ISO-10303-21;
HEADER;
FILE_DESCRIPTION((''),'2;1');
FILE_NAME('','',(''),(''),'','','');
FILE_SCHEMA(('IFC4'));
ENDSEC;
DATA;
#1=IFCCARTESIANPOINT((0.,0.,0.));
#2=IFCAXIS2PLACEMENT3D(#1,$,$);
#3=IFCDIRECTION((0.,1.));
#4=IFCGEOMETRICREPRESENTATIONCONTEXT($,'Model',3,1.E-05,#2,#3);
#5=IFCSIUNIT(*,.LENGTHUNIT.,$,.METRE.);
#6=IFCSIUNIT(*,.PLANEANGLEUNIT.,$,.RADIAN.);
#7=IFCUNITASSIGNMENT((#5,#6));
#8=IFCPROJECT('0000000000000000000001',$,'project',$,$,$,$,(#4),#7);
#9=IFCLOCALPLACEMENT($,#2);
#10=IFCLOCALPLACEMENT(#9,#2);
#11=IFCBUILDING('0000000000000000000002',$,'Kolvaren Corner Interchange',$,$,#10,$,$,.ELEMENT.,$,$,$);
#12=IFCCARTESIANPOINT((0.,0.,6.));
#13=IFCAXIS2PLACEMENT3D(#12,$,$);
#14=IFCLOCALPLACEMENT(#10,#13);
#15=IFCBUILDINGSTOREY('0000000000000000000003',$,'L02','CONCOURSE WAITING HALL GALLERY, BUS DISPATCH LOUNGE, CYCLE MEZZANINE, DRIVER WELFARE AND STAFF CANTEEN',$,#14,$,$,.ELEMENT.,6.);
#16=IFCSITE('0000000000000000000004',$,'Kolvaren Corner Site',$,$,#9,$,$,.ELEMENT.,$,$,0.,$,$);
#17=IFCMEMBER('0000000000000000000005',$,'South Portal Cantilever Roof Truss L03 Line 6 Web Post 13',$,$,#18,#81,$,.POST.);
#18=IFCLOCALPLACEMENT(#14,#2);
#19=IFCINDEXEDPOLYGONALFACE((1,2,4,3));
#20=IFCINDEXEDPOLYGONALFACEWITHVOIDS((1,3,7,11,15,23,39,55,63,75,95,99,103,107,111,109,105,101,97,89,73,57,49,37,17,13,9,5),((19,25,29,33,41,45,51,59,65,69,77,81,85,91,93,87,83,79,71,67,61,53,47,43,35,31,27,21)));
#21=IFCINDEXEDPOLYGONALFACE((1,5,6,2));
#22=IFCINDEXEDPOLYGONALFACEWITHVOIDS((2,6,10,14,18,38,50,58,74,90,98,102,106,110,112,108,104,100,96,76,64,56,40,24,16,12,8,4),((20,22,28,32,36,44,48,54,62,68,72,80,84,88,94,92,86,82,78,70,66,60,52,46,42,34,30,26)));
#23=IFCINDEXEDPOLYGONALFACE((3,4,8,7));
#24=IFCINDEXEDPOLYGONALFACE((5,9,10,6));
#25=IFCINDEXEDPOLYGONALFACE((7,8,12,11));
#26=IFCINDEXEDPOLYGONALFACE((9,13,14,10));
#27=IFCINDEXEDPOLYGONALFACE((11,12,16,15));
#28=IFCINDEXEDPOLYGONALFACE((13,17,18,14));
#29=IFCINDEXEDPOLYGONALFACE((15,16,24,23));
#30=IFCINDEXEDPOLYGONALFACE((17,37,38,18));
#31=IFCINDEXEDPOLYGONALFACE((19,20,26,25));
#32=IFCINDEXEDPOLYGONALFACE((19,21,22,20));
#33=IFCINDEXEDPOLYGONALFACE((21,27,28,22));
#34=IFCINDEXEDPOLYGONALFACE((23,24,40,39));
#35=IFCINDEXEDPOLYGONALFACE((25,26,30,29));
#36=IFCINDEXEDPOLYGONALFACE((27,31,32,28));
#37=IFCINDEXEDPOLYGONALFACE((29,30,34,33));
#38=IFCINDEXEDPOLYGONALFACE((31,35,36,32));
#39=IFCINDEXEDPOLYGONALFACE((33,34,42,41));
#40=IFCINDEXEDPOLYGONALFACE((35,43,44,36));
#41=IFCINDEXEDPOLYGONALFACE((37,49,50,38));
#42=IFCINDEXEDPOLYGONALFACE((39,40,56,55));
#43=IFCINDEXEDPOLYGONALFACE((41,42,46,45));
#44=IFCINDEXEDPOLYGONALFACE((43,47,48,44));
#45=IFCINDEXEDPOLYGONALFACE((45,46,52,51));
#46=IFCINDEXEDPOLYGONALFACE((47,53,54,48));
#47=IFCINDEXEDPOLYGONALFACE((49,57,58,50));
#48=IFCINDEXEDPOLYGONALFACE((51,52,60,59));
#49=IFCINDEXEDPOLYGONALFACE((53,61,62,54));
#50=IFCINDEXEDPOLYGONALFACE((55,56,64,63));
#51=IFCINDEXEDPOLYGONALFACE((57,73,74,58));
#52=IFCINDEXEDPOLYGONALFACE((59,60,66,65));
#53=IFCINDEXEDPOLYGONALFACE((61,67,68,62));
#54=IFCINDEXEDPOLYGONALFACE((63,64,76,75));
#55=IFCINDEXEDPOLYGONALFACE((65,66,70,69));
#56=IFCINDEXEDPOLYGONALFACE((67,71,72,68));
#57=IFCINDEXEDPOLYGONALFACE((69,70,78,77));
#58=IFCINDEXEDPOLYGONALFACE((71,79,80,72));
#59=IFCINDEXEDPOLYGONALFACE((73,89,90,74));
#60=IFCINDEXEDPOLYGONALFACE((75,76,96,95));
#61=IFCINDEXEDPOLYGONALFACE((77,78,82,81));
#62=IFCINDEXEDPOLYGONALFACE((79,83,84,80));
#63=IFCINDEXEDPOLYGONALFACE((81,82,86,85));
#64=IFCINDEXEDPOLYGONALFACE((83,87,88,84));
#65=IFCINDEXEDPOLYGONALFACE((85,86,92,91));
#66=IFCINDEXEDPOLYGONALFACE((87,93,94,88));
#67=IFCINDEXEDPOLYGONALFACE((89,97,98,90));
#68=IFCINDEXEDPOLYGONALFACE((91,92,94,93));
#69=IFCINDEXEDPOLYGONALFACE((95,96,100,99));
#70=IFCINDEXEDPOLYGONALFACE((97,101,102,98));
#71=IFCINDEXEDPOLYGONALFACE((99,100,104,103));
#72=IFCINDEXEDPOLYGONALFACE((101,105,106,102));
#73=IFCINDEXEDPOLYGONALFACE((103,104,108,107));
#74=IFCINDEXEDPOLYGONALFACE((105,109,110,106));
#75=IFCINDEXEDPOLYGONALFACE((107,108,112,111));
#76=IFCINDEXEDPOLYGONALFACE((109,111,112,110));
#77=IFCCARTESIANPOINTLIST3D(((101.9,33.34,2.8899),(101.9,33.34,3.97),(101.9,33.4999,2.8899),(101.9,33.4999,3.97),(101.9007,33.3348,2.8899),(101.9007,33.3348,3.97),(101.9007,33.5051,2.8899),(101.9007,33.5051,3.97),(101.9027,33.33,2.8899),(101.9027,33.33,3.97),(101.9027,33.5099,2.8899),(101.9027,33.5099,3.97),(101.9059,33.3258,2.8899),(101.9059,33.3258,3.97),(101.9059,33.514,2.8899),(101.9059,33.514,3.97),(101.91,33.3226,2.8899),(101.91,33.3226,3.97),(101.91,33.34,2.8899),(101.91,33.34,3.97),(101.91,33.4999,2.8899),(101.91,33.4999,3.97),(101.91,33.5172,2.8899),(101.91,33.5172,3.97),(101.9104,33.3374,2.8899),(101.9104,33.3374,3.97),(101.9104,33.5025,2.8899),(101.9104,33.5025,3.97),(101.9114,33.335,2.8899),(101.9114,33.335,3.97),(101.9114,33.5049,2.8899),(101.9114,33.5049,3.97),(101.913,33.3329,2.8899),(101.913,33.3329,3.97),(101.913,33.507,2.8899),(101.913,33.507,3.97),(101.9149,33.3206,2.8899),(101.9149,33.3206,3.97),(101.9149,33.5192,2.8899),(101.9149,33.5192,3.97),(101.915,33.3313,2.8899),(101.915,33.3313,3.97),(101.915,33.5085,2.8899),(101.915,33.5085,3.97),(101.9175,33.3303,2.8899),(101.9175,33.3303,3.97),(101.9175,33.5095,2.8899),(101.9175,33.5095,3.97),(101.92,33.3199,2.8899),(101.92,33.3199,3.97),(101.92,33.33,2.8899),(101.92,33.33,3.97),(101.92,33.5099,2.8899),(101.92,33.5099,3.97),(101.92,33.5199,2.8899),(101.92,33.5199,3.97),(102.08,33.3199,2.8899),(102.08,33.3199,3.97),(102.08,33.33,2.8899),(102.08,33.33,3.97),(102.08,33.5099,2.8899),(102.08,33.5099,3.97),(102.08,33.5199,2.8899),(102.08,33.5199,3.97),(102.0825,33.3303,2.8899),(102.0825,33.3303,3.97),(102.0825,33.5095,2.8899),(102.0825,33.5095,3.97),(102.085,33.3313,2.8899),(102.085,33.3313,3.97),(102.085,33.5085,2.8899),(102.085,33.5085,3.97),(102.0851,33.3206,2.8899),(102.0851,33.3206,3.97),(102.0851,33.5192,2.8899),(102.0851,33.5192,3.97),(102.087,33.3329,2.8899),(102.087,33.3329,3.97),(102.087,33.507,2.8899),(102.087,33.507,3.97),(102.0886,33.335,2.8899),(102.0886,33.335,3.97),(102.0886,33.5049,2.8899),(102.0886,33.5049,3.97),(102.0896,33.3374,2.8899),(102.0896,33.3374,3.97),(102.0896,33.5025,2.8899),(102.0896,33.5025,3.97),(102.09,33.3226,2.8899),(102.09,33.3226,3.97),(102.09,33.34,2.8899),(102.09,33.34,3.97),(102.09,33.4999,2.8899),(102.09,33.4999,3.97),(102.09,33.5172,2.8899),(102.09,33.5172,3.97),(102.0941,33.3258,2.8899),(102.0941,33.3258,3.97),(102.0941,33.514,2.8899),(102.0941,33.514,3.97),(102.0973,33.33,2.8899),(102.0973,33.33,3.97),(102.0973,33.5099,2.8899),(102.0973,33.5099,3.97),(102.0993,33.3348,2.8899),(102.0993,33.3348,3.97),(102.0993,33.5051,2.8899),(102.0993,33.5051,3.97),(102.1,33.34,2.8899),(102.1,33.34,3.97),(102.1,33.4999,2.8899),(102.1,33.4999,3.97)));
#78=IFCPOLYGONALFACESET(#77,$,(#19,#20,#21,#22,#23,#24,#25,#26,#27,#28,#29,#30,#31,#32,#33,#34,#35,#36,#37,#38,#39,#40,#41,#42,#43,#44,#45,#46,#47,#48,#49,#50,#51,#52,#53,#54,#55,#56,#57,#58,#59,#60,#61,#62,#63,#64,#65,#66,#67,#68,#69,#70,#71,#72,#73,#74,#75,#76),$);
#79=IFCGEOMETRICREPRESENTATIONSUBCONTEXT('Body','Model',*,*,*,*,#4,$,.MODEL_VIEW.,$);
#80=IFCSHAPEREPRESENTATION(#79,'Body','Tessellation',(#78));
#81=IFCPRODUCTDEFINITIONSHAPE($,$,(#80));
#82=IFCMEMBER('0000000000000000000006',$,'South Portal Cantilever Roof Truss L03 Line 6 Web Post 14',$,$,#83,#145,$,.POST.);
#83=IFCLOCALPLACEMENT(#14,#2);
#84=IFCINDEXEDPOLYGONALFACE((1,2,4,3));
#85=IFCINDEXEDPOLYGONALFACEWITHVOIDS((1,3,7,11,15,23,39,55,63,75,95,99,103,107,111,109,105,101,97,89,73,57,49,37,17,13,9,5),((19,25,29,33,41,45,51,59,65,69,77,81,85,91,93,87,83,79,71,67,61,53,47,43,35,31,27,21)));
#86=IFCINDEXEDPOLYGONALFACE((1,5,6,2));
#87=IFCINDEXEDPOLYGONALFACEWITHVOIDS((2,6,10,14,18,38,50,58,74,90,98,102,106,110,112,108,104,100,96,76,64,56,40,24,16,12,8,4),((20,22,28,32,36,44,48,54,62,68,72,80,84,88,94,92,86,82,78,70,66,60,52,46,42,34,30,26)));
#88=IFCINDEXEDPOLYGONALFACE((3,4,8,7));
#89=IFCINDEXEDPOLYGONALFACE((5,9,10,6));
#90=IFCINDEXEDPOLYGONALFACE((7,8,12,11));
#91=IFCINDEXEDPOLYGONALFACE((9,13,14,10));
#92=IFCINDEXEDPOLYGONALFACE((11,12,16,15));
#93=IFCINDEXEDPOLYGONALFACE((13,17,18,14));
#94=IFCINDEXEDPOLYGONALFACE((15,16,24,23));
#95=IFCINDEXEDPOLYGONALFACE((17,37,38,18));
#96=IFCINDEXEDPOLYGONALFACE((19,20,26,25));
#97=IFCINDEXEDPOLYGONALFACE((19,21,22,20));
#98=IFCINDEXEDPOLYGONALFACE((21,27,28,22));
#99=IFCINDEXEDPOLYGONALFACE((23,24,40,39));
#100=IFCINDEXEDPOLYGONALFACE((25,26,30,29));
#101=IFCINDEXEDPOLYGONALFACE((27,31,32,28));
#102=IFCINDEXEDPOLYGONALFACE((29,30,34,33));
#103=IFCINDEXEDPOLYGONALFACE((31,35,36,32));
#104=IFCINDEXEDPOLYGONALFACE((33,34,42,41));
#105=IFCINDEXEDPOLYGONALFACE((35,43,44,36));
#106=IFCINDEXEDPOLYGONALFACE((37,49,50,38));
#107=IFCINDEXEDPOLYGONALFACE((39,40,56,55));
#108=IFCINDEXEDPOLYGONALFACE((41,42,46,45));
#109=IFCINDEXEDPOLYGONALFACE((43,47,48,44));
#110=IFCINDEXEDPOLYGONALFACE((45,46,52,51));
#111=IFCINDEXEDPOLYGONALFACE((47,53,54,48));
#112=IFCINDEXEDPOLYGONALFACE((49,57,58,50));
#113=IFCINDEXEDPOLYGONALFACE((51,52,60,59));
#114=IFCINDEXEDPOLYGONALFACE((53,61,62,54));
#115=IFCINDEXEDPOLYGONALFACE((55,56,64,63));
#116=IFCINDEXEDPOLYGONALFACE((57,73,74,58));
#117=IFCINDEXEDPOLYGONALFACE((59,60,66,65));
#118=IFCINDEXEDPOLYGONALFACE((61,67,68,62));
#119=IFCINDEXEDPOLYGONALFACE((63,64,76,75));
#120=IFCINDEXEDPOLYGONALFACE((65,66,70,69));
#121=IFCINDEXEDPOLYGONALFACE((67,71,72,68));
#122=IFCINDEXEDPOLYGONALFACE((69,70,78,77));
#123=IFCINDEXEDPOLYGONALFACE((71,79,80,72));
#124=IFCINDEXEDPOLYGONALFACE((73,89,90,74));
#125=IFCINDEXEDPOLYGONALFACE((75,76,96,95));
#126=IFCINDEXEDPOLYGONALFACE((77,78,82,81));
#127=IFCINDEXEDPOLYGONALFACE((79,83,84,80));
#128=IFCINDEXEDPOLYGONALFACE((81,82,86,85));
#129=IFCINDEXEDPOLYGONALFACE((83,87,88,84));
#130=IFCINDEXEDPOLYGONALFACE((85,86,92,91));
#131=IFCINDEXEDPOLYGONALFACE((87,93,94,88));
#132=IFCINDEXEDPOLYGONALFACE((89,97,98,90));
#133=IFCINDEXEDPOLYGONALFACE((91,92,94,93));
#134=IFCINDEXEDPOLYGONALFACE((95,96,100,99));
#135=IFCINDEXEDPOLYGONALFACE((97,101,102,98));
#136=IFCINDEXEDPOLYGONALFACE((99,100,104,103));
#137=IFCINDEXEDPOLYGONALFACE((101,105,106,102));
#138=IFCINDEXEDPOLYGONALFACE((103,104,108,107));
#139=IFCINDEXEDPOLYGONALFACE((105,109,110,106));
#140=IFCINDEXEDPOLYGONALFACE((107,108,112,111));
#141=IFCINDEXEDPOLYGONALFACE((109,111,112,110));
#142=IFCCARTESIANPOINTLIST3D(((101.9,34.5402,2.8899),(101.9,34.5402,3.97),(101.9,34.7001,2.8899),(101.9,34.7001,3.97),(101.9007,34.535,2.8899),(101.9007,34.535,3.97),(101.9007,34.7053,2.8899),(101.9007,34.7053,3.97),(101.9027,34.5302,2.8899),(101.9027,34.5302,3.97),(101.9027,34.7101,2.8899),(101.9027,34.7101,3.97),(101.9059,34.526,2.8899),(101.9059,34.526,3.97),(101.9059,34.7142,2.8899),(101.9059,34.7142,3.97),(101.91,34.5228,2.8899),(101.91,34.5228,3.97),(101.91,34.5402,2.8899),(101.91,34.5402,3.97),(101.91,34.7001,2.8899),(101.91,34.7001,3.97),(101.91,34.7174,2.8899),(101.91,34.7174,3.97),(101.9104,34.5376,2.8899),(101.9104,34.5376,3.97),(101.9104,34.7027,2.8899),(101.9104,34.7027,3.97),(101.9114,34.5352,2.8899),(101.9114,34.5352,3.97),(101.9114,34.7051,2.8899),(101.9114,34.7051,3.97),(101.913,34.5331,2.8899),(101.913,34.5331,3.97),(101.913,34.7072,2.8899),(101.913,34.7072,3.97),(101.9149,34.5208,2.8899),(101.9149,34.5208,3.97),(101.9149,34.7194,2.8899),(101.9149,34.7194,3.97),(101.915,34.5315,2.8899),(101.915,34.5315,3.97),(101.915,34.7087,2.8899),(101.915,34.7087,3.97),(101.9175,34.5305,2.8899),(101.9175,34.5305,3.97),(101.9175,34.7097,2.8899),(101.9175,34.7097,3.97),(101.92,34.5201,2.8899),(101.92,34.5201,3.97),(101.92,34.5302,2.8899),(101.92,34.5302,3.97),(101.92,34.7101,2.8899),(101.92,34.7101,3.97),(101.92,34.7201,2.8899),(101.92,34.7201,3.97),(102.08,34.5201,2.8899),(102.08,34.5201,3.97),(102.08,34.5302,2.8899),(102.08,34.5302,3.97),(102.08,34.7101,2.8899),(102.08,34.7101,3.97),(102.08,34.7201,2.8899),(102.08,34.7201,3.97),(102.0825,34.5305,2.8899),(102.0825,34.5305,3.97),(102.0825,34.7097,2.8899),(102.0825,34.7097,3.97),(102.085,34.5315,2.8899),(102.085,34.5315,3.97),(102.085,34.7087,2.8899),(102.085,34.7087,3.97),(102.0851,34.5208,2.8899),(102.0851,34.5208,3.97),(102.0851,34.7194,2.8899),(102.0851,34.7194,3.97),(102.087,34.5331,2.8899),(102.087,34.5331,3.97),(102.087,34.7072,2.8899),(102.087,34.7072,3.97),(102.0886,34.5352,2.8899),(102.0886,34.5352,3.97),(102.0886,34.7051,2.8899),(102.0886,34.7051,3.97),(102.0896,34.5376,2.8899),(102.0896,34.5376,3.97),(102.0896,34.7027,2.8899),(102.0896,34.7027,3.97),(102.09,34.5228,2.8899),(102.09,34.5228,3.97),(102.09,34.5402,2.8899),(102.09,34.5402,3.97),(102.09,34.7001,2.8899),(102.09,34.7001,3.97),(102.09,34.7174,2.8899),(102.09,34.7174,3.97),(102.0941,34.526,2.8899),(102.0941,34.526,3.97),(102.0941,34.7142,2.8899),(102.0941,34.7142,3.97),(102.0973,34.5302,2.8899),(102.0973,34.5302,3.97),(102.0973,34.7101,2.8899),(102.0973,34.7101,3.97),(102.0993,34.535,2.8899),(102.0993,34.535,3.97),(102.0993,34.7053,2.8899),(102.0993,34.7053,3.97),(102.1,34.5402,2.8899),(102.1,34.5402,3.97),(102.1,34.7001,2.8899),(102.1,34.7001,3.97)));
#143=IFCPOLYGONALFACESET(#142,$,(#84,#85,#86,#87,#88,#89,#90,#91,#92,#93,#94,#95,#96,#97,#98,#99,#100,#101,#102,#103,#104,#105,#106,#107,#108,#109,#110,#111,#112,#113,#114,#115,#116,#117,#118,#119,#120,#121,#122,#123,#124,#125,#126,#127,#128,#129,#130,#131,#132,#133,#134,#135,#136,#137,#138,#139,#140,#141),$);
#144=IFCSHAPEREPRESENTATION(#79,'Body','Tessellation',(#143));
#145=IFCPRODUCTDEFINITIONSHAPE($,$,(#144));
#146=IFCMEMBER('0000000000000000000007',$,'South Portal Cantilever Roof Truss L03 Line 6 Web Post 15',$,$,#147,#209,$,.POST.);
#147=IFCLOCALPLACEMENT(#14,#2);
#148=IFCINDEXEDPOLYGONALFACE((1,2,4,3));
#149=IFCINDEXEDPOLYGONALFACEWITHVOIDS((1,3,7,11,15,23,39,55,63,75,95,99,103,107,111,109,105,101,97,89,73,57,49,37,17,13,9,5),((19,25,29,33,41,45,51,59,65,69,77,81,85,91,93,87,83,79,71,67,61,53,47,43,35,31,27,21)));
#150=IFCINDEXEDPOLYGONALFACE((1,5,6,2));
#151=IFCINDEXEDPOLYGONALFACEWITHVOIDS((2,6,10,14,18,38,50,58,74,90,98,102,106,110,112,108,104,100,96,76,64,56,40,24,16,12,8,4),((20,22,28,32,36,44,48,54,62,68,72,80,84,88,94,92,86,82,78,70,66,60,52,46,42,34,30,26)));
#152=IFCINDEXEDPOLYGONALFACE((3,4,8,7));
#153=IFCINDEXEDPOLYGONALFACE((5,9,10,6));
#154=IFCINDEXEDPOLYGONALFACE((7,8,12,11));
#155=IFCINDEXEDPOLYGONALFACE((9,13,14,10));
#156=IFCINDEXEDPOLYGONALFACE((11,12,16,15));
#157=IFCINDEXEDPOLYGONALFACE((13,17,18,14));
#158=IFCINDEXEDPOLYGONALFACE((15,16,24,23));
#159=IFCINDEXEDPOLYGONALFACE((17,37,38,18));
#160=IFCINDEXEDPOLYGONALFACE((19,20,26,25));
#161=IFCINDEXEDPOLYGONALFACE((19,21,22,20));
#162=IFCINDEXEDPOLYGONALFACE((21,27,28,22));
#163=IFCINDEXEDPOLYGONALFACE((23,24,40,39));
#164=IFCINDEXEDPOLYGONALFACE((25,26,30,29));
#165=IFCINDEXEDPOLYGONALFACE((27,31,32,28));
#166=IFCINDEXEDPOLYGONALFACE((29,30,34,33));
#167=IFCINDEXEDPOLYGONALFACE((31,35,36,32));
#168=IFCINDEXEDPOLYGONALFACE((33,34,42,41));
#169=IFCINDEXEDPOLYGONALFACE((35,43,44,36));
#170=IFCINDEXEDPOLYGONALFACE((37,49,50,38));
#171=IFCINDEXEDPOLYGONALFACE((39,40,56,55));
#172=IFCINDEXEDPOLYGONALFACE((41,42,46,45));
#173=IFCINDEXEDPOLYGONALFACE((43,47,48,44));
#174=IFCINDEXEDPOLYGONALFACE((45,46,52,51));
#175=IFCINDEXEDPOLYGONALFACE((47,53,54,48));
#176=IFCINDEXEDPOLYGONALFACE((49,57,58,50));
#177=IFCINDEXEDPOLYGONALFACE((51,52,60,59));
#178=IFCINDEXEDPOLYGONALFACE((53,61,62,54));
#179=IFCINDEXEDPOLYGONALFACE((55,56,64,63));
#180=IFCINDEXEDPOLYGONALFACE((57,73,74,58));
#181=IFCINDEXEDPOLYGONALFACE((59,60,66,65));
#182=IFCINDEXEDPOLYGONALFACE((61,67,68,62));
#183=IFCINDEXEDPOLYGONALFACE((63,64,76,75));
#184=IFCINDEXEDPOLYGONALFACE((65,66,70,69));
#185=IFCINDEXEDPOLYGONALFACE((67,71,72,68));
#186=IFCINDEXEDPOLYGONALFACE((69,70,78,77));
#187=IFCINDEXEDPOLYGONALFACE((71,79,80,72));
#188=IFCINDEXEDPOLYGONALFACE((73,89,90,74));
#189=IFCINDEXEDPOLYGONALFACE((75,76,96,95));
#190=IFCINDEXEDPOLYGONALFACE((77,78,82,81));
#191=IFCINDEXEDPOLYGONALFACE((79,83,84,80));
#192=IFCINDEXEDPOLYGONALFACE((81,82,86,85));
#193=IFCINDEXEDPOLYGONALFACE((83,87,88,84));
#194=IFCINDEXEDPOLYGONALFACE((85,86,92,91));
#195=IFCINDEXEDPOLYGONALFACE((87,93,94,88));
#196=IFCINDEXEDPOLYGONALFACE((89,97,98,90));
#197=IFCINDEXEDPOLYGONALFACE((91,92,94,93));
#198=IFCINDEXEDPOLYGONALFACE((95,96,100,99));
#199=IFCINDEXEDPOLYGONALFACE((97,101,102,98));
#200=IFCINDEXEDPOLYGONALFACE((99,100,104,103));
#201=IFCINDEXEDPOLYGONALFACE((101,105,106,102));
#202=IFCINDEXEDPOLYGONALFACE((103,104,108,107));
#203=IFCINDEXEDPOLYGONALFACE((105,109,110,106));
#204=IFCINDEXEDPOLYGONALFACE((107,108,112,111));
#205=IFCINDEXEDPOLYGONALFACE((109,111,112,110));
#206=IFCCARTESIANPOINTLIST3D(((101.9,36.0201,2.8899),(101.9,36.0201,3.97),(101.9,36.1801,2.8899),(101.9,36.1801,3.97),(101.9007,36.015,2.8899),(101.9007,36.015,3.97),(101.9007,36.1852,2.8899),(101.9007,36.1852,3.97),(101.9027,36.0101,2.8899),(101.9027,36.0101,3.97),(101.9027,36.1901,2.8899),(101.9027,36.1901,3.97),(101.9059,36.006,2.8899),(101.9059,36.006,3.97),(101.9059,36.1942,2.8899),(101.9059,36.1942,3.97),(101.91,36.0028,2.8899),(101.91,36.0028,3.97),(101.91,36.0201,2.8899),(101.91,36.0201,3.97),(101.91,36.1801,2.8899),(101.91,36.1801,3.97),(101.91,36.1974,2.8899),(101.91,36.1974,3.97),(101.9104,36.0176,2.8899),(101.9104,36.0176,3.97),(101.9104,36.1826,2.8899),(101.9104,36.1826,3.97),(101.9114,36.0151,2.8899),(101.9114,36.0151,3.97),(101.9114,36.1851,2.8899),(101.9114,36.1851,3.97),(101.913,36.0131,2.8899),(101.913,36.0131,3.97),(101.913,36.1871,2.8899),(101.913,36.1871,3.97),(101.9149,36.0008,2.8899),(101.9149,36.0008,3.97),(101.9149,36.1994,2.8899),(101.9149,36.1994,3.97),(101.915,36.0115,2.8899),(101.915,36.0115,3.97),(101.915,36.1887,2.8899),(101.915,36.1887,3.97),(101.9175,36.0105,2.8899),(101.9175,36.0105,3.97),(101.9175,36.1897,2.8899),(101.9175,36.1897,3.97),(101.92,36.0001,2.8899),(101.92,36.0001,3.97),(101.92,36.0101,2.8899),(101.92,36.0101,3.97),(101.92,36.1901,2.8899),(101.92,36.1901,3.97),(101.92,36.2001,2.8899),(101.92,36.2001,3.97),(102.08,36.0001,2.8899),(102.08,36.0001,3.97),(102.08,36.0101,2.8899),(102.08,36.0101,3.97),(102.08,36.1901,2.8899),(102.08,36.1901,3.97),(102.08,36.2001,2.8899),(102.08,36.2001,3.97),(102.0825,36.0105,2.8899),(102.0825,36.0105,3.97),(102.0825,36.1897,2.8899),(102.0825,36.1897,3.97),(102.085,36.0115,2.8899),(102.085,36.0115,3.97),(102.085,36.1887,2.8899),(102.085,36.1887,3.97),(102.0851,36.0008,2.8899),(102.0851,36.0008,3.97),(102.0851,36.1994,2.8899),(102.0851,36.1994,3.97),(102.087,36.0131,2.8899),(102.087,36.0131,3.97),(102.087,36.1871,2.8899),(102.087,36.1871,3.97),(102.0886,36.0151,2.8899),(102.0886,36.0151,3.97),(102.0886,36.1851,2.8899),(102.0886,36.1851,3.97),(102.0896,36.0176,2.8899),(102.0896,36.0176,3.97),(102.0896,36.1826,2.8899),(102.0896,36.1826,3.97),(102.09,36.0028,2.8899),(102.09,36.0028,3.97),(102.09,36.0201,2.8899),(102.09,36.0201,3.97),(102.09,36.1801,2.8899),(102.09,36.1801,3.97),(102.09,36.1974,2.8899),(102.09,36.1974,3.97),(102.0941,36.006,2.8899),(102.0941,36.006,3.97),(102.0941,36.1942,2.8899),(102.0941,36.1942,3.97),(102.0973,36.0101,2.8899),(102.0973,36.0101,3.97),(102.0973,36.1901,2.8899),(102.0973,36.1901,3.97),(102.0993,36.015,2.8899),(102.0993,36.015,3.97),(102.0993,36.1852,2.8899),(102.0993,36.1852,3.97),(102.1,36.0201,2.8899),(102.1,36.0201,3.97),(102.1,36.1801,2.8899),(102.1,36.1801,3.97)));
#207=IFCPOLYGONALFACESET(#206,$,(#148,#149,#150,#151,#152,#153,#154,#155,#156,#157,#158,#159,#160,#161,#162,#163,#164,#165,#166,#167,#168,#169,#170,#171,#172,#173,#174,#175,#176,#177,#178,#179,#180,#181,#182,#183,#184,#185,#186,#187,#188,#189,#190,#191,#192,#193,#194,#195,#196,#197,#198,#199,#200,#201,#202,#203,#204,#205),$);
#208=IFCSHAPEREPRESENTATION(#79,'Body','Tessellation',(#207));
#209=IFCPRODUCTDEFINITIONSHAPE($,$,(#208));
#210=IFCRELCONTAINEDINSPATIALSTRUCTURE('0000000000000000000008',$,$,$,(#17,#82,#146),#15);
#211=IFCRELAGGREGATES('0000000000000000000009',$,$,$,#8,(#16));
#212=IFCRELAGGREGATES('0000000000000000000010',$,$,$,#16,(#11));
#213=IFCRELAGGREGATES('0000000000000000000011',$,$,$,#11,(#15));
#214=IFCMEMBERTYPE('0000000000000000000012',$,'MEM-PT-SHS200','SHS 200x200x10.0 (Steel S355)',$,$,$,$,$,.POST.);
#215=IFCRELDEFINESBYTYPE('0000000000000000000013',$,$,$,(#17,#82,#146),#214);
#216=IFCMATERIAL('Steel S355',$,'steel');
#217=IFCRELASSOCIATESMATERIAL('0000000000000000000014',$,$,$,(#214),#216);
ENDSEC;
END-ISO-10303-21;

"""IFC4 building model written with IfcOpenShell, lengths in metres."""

from ifc_helpers import new_model, si_unit, direction, frame, origin, origin_2d, place, context, subcontext, project, spatial, hollow_rectangle, extrude, material, material_profile, profile_set, type_object, element, save


model = new_model("IFC4")

# Units and contexts
model_context = context("Model", 3, precision=1e-05, world=origin(), true_north=direction((0.0, 1.0)))
body_context = subcontext(model_context, "Body", "Model", "MODEL_VIEW")
ifc_project = project(units=[si_unit("LENGTHUNIT", "METRE"), si_unit("PLANEANGLEUNIT", "RADIAN")], contexts=[model_context])

# Site, building, storey
site_placement = place(None, origin())
site = spatial("IfcSite", under=ifc_project, at=site_placement, Name="Kolvaren Corner Site", CompositionType="ELEMENT", RefElevation=0.0)
building_placement = place(site_placement, origin())
building = spatial("IfcBuilding", under=site, at=building_placement, Name="Kolvaren Corner Interchange", CompositionType="ELEMENT")
storey_placement = place(building_placement, frame((0.0, 0.0, 6.0)))
storey = spatial("IfcBuildingStorey", under=building, at=storey_placement, Name="L02", Description="CONCOURSE WAITING HALL GALLERY, BUS DISPATCH LOUNGE, CYCLE MEZZANINE, DRIVER WELFARE AND STAFF CANTEEN", CompositionType="ELEMENT", Elevation=6.0)

# Members
ifc_material_1 = material(Name="Steel S355", Category="steel")
ifc_material_profile_1 = material_profile(ifc_material_1, hollow_rectangle(XDim=0.2, YDim=0.2, WallThickness=0.01, InnerFilletRadius=0.01, OuterFilletRadius=0.02, at=origin_2d()), Name="SHS 200x200x10.0")
ifc_profile_set_1 = profile_set([ifc_material_profile_1], Name="Steel S355")
member_type_1 = type_object("IfcMemberType", Name="MEM-PT-SHS200", Description="SHS 200x200x10.0 (Steel S355)", PredefinedType="POST", material=ifc_profile_set_1)
for number, where, z_axis, x_axis, name in (
    (1, (102.0, 33.4199, 2.8899), (0.0, 0.0, 1.0), (1.0, 0.0, 0.0), "South Portal Cantilever Roof Truss L03 Line 6 Web Post 13"),
    (2, (102.0, 34.6201, 2.8899), (0.0, 0.0, 1.0), (1.0, 0.0, 0.0), "South Portal Cantilever Roof Truss L03 Line 6 Web Post 14"),
    (3, (102.0, 36.1001, 2.8899), (0.0, 0.0, 1.0), (1.0, 0.0, 0.0), "South Portal Cantilever Roof Truss L03 Line 6 Web Post 15"),
):
    element("IfcMember", number, at=place(storey_placement, frame(where, z_axis=z_axis, x_axis=x_axis)), inside=storey, type_object=member_type_1, Name=name, PredefinedType="POST", context=body_context, shape_type="SweptSolid", body=[
        extrude(hollow_rectangle(XDim=0.2, YDim=0.2, WallThickness=0.01, InnerFilletRadius=0.01, OuterFilletRadius=0.02, at=origin_2d()), origin(), (0.0, 0.0, 1.0), 1.0801),
    ])

save(model, "model.ifc")
